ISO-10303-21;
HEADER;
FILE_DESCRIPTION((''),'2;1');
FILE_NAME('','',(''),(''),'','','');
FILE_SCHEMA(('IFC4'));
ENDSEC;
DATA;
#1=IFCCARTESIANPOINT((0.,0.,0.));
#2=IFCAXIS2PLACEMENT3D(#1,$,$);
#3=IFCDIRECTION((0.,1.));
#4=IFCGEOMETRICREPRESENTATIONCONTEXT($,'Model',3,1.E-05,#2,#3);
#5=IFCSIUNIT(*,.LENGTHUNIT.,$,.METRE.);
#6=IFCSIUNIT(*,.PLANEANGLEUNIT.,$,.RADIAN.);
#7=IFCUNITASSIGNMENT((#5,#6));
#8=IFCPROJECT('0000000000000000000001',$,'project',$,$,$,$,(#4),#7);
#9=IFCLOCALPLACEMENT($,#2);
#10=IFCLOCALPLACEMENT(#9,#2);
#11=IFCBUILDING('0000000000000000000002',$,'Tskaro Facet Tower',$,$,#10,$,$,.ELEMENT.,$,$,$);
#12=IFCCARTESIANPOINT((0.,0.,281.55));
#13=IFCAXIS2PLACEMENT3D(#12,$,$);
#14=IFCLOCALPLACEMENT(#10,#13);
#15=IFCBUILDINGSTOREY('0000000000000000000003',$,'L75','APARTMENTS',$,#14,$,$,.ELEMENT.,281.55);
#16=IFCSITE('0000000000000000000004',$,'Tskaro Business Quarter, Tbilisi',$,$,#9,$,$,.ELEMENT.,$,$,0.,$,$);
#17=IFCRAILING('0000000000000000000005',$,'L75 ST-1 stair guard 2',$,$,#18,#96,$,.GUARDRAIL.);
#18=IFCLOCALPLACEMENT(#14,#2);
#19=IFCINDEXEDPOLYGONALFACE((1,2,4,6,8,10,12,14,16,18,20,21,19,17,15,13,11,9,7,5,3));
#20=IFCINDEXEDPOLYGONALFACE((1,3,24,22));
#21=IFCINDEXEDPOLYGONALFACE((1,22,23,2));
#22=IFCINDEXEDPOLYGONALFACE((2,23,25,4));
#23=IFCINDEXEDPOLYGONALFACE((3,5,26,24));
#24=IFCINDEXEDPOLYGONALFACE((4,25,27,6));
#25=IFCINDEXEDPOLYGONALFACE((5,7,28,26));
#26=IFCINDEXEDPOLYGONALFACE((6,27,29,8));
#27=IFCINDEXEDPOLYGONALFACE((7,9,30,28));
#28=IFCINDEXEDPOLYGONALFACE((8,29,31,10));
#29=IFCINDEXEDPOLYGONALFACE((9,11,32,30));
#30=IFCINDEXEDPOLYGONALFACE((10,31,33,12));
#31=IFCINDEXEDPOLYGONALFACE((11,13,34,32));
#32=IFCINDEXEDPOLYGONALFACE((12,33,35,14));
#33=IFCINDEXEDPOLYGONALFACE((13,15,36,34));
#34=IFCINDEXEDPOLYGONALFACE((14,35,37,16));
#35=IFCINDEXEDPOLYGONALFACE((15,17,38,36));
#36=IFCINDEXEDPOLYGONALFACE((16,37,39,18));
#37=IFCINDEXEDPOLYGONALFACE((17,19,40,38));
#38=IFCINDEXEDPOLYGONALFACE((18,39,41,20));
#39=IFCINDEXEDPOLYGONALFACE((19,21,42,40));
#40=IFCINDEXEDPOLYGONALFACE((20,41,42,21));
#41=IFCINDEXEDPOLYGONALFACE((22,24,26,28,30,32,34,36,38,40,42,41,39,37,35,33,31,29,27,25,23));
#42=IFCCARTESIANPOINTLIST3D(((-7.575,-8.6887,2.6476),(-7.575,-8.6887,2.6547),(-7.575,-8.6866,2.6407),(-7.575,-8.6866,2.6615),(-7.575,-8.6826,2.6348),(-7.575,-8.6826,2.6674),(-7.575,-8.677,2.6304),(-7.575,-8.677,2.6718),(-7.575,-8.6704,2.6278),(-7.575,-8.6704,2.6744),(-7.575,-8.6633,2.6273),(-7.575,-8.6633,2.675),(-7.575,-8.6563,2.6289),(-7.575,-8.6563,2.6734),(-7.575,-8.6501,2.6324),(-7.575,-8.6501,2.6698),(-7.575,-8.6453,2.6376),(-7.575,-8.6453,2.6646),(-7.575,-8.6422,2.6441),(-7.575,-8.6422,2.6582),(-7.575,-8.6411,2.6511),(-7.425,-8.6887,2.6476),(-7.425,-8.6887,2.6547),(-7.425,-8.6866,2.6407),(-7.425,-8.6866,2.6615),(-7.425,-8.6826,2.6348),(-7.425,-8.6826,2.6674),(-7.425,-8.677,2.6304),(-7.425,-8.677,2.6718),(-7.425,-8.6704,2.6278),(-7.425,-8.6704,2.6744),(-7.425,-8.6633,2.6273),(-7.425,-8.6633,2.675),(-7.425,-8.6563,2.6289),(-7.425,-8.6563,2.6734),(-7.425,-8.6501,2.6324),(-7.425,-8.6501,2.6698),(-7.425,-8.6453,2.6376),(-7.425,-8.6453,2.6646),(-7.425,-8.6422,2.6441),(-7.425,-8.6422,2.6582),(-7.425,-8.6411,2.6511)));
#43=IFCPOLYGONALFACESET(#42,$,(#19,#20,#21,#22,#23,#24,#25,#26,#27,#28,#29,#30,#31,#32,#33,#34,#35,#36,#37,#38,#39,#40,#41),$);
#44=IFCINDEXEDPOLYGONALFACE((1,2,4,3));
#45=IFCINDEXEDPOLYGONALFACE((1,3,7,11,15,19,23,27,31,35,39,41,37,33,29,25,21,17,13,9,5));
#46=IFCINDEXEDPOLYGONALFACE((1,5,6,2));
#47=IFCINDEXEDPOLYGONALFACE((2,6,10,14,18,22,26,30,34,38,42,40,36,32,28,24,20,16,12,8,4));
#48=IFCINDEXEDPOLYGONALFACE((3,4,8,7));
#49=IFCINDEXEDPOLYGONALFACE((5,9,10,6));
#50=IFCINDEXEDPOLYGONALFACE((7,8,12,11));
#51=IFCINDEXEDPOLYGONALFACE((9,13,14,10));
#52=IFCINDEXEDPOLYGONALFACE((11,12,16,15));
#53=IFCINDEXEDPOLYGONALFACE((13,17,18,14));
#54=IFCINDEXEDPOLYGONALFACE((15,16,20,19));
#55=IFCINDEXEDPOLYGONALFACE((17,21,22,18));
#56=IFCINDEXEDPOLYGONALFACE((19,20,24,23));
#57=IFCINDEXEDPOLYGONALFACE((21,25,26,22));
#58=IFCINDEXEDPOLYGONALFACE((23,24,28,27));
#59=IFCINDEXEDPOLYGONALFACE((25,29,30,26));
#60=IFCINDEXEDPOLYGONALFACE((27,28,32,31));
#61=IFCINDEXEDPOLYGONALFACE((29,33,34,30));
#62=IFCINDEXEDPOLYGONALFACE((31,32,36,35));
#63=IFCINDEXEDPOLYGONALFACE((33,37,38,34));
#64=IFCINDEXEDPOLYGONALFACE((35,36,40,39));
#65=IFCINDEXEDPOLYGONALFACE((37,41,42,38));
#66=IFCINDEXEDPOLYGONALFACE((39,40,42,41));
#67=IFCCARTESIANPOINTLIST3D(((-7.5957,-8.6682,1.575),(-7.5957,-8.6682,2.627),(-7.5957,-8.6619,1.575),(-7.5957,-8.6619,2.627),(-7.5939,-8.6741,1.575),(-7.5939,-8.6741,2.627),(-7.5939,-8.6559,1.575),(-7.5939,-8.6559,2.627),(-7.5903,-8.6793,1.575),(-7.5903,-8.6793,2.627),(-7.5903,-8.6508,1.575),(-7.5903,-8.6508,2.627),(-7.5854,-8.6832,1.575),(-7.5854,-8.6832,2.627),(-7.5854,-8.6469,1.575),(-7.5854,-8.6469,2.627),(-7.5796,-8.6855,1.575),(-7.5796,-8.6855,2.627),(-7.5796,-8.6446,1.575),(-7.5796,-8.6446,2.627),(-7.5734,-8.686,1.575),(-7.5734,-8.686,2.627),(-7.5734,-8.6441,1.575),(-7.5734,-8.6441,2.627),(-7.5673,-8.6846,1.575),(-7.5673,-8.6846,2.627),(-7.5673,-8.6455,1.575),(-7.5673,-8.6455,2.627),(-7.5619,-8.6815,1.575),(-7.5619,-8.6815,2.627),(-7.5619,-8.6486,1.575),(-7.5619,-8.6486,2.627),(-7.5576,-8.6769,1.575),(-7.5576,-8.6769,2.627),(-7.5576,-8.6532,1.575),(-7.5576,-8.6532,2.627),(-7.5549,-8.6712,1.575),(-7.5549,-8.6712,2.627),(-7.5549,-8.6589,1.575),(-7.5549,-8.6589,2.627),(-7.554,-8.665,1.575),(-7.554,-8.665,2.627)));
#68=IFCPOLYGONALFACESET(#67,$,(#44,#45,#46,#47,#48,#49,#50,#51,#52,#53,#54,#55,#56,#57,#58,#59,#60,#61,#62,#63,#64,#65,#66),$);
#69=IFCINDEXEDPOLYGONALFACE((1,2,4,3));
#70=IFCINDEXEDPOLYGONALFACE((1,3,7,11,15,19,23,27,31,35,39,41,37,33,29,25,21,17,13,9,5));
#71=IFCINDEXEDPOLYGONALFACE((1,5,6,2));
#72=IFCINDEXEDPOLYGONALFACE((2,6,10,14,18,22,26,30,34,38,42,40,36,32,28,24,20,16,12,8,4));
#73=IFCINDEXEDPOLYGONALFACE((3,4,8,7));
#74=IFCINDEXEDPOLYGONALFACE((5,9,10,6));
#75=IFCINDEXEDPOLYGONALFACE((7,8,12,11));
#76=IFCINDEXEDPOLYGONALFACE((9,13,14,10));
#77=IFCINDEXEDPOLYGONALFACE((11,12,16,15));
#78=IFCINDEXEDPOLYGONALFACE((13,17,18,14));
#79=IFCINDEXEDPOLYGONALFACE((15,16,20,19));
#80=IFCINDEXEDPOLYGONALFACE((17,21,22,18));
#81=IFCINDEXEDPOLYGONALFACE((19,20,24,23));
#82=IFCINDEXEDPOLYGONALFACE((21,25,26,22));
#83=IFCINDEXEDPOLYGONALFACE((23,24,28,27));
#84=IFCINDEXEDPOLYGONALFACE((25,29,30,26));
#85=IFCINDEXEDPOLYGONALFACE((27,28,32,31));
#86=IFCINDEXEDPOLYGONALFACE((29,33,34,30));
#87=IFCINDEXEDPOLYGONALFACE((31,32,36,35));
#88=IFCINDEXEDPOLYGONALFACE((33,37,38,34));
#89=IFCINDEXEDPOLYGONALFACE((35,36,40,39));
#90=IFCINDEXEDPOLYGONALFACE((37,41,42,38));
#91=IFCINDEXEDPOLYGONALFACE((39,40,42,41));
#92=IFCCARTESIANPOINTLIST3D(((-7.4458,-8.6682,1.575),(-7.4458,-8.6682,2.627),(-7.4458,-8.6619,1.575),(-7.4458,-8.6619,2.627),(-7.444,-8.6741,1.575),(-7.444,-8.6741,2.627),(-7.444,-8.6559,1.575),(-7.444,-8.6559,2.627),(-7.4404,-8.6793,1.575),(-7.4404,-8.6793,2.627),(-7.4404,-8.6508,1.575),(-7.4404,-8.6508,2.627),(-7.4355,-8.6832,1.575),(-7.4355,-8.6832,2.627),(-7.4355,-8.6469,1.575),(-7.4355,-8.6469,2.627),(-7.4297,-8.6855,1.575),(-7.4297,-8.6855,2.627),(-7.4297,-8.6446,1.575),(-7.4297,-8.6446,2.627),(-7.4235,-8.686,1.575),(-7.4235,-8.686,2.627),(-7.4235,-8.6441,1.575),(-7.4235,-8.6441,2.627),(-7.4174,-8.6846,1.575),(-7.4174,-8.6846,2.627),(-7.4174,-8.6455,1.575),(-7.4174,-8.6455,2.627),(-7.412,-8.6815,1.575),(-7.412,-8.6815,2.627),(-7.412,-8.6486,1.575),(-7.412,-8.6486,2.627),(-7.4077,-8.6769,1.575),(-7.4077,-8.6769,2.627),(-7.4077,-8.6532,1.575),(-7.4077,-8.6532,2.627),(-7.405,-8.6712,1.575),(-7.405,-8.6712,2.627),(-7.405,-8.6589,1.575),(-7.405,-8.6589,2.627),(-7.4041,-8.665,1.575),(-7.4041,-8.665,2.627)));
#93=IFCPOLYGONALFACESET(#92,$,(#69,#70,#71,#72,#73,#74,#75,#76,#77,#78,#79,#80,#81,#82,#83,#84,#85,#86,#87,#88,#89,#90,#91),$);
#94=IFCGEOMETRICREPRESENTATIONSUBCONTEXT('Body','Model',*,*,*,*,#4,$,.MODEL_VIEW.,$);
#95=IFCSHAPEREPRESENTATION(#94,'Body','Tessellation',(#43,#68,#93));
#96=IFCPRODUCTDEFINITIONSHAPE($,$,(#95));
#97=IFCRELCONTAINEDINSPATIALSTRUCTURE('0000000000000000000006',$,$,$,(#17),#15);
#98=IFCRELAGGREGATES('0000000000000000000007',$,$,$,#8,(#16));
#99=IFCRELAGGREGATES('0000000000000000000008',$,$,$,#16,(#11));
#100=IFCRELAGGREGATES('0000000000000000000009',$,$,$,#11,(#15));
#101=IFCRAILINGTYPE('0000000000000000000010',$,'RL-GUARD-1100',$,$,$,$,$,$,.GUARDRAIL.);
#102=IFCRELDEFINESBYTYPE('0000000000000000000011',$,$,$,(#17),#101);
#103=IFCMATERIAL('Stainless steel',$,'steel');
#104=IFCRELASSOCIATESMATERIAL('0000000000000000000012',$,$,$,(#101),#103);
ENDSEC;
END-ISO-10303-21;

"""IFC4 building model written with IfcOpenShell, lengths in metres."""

from ifc_helpers import new_model, si_unit, direction, frame, origin, origin_2d, place, context, subcontext, project, spatial, circle, extrude, material, type_object, element, save


model = new_model("IFC4")

# Units and contexts
model_context = context("Model", 3, precision=1e-05, world=origin(), true_north=direction((0.0, 1.0)))
body_context = subcontext(model_context, "Body", "Model", "MODEL_VIEW")
ifc_project = project(units=[si_unit("LENGTHUNIT", "METRE"), si_unit("PLANEANGLEUNIT", "RADIAN")], contexts=[model_context])

# Site, building, storey
site_placement = place(None, origin())
site = spatial("IfcSite", under=ifc_project, at=site_placement, Name="Tskaro Business Quarter, Tbilisi", CompositionType="ELEMENT", RefElevation=0.0)
building_placement = place(site_placement, origin())
building = spatial("IfcBuilding", under=site, at=building_placement, Name="Tskaro Facet Tower", CompositionType="ELEMENT")
storey_placement = place(building_placement, frame((0.0, 0.0, 281.55)))
storey = spatial("IfcBuildingStorey", under=building, at=storey_placement, Name="L75", Description="APARTMENTS", CompositionType="ELEMENT", Elevation=281.55)

# Shared definitions
ifc_material_1 = material(Name="Stainless steel", Category="steel")

# Railing
railing_type_1 = type_object("IfcRailingType", Name="RL-GUARD-1100", PredefinedType="GUARDRAIL", material=ifc_material_1)
railing_1_placement = place(storey_placement, frame((-7.575, -8.665, 1.575)))
element("IfcRailing", 1, at=railing_1_placement, inside=storey, type_object=railing_type_1, Name="L75 ST-1 stair guard 2", PredefinedType="GUARDRAIL", context=body_context, shape_type="SweptSolid", body=[
    extrude(circle(Radius=0.0239, at=origin_2d()), frame((0.0, 0.0, 1.0762), z_axis=(1.0, 0.0, 0.0), x_axis=(0.0, 1.0, 0.0)), (0.0, 0.0, 1.0), 0.1499),
    extrude(circle(Radius=0.021, at=origin_2d()), origin(), (0.0, 0.0, 1.0), 1.052),
    extrude(circle(Radius=0.021, at=origin_2d()), frame((0.1499, 0.0, 0.0)), (0.0, 0.0, 1.0), 1.052),
])

save(model, "model.ifc")
